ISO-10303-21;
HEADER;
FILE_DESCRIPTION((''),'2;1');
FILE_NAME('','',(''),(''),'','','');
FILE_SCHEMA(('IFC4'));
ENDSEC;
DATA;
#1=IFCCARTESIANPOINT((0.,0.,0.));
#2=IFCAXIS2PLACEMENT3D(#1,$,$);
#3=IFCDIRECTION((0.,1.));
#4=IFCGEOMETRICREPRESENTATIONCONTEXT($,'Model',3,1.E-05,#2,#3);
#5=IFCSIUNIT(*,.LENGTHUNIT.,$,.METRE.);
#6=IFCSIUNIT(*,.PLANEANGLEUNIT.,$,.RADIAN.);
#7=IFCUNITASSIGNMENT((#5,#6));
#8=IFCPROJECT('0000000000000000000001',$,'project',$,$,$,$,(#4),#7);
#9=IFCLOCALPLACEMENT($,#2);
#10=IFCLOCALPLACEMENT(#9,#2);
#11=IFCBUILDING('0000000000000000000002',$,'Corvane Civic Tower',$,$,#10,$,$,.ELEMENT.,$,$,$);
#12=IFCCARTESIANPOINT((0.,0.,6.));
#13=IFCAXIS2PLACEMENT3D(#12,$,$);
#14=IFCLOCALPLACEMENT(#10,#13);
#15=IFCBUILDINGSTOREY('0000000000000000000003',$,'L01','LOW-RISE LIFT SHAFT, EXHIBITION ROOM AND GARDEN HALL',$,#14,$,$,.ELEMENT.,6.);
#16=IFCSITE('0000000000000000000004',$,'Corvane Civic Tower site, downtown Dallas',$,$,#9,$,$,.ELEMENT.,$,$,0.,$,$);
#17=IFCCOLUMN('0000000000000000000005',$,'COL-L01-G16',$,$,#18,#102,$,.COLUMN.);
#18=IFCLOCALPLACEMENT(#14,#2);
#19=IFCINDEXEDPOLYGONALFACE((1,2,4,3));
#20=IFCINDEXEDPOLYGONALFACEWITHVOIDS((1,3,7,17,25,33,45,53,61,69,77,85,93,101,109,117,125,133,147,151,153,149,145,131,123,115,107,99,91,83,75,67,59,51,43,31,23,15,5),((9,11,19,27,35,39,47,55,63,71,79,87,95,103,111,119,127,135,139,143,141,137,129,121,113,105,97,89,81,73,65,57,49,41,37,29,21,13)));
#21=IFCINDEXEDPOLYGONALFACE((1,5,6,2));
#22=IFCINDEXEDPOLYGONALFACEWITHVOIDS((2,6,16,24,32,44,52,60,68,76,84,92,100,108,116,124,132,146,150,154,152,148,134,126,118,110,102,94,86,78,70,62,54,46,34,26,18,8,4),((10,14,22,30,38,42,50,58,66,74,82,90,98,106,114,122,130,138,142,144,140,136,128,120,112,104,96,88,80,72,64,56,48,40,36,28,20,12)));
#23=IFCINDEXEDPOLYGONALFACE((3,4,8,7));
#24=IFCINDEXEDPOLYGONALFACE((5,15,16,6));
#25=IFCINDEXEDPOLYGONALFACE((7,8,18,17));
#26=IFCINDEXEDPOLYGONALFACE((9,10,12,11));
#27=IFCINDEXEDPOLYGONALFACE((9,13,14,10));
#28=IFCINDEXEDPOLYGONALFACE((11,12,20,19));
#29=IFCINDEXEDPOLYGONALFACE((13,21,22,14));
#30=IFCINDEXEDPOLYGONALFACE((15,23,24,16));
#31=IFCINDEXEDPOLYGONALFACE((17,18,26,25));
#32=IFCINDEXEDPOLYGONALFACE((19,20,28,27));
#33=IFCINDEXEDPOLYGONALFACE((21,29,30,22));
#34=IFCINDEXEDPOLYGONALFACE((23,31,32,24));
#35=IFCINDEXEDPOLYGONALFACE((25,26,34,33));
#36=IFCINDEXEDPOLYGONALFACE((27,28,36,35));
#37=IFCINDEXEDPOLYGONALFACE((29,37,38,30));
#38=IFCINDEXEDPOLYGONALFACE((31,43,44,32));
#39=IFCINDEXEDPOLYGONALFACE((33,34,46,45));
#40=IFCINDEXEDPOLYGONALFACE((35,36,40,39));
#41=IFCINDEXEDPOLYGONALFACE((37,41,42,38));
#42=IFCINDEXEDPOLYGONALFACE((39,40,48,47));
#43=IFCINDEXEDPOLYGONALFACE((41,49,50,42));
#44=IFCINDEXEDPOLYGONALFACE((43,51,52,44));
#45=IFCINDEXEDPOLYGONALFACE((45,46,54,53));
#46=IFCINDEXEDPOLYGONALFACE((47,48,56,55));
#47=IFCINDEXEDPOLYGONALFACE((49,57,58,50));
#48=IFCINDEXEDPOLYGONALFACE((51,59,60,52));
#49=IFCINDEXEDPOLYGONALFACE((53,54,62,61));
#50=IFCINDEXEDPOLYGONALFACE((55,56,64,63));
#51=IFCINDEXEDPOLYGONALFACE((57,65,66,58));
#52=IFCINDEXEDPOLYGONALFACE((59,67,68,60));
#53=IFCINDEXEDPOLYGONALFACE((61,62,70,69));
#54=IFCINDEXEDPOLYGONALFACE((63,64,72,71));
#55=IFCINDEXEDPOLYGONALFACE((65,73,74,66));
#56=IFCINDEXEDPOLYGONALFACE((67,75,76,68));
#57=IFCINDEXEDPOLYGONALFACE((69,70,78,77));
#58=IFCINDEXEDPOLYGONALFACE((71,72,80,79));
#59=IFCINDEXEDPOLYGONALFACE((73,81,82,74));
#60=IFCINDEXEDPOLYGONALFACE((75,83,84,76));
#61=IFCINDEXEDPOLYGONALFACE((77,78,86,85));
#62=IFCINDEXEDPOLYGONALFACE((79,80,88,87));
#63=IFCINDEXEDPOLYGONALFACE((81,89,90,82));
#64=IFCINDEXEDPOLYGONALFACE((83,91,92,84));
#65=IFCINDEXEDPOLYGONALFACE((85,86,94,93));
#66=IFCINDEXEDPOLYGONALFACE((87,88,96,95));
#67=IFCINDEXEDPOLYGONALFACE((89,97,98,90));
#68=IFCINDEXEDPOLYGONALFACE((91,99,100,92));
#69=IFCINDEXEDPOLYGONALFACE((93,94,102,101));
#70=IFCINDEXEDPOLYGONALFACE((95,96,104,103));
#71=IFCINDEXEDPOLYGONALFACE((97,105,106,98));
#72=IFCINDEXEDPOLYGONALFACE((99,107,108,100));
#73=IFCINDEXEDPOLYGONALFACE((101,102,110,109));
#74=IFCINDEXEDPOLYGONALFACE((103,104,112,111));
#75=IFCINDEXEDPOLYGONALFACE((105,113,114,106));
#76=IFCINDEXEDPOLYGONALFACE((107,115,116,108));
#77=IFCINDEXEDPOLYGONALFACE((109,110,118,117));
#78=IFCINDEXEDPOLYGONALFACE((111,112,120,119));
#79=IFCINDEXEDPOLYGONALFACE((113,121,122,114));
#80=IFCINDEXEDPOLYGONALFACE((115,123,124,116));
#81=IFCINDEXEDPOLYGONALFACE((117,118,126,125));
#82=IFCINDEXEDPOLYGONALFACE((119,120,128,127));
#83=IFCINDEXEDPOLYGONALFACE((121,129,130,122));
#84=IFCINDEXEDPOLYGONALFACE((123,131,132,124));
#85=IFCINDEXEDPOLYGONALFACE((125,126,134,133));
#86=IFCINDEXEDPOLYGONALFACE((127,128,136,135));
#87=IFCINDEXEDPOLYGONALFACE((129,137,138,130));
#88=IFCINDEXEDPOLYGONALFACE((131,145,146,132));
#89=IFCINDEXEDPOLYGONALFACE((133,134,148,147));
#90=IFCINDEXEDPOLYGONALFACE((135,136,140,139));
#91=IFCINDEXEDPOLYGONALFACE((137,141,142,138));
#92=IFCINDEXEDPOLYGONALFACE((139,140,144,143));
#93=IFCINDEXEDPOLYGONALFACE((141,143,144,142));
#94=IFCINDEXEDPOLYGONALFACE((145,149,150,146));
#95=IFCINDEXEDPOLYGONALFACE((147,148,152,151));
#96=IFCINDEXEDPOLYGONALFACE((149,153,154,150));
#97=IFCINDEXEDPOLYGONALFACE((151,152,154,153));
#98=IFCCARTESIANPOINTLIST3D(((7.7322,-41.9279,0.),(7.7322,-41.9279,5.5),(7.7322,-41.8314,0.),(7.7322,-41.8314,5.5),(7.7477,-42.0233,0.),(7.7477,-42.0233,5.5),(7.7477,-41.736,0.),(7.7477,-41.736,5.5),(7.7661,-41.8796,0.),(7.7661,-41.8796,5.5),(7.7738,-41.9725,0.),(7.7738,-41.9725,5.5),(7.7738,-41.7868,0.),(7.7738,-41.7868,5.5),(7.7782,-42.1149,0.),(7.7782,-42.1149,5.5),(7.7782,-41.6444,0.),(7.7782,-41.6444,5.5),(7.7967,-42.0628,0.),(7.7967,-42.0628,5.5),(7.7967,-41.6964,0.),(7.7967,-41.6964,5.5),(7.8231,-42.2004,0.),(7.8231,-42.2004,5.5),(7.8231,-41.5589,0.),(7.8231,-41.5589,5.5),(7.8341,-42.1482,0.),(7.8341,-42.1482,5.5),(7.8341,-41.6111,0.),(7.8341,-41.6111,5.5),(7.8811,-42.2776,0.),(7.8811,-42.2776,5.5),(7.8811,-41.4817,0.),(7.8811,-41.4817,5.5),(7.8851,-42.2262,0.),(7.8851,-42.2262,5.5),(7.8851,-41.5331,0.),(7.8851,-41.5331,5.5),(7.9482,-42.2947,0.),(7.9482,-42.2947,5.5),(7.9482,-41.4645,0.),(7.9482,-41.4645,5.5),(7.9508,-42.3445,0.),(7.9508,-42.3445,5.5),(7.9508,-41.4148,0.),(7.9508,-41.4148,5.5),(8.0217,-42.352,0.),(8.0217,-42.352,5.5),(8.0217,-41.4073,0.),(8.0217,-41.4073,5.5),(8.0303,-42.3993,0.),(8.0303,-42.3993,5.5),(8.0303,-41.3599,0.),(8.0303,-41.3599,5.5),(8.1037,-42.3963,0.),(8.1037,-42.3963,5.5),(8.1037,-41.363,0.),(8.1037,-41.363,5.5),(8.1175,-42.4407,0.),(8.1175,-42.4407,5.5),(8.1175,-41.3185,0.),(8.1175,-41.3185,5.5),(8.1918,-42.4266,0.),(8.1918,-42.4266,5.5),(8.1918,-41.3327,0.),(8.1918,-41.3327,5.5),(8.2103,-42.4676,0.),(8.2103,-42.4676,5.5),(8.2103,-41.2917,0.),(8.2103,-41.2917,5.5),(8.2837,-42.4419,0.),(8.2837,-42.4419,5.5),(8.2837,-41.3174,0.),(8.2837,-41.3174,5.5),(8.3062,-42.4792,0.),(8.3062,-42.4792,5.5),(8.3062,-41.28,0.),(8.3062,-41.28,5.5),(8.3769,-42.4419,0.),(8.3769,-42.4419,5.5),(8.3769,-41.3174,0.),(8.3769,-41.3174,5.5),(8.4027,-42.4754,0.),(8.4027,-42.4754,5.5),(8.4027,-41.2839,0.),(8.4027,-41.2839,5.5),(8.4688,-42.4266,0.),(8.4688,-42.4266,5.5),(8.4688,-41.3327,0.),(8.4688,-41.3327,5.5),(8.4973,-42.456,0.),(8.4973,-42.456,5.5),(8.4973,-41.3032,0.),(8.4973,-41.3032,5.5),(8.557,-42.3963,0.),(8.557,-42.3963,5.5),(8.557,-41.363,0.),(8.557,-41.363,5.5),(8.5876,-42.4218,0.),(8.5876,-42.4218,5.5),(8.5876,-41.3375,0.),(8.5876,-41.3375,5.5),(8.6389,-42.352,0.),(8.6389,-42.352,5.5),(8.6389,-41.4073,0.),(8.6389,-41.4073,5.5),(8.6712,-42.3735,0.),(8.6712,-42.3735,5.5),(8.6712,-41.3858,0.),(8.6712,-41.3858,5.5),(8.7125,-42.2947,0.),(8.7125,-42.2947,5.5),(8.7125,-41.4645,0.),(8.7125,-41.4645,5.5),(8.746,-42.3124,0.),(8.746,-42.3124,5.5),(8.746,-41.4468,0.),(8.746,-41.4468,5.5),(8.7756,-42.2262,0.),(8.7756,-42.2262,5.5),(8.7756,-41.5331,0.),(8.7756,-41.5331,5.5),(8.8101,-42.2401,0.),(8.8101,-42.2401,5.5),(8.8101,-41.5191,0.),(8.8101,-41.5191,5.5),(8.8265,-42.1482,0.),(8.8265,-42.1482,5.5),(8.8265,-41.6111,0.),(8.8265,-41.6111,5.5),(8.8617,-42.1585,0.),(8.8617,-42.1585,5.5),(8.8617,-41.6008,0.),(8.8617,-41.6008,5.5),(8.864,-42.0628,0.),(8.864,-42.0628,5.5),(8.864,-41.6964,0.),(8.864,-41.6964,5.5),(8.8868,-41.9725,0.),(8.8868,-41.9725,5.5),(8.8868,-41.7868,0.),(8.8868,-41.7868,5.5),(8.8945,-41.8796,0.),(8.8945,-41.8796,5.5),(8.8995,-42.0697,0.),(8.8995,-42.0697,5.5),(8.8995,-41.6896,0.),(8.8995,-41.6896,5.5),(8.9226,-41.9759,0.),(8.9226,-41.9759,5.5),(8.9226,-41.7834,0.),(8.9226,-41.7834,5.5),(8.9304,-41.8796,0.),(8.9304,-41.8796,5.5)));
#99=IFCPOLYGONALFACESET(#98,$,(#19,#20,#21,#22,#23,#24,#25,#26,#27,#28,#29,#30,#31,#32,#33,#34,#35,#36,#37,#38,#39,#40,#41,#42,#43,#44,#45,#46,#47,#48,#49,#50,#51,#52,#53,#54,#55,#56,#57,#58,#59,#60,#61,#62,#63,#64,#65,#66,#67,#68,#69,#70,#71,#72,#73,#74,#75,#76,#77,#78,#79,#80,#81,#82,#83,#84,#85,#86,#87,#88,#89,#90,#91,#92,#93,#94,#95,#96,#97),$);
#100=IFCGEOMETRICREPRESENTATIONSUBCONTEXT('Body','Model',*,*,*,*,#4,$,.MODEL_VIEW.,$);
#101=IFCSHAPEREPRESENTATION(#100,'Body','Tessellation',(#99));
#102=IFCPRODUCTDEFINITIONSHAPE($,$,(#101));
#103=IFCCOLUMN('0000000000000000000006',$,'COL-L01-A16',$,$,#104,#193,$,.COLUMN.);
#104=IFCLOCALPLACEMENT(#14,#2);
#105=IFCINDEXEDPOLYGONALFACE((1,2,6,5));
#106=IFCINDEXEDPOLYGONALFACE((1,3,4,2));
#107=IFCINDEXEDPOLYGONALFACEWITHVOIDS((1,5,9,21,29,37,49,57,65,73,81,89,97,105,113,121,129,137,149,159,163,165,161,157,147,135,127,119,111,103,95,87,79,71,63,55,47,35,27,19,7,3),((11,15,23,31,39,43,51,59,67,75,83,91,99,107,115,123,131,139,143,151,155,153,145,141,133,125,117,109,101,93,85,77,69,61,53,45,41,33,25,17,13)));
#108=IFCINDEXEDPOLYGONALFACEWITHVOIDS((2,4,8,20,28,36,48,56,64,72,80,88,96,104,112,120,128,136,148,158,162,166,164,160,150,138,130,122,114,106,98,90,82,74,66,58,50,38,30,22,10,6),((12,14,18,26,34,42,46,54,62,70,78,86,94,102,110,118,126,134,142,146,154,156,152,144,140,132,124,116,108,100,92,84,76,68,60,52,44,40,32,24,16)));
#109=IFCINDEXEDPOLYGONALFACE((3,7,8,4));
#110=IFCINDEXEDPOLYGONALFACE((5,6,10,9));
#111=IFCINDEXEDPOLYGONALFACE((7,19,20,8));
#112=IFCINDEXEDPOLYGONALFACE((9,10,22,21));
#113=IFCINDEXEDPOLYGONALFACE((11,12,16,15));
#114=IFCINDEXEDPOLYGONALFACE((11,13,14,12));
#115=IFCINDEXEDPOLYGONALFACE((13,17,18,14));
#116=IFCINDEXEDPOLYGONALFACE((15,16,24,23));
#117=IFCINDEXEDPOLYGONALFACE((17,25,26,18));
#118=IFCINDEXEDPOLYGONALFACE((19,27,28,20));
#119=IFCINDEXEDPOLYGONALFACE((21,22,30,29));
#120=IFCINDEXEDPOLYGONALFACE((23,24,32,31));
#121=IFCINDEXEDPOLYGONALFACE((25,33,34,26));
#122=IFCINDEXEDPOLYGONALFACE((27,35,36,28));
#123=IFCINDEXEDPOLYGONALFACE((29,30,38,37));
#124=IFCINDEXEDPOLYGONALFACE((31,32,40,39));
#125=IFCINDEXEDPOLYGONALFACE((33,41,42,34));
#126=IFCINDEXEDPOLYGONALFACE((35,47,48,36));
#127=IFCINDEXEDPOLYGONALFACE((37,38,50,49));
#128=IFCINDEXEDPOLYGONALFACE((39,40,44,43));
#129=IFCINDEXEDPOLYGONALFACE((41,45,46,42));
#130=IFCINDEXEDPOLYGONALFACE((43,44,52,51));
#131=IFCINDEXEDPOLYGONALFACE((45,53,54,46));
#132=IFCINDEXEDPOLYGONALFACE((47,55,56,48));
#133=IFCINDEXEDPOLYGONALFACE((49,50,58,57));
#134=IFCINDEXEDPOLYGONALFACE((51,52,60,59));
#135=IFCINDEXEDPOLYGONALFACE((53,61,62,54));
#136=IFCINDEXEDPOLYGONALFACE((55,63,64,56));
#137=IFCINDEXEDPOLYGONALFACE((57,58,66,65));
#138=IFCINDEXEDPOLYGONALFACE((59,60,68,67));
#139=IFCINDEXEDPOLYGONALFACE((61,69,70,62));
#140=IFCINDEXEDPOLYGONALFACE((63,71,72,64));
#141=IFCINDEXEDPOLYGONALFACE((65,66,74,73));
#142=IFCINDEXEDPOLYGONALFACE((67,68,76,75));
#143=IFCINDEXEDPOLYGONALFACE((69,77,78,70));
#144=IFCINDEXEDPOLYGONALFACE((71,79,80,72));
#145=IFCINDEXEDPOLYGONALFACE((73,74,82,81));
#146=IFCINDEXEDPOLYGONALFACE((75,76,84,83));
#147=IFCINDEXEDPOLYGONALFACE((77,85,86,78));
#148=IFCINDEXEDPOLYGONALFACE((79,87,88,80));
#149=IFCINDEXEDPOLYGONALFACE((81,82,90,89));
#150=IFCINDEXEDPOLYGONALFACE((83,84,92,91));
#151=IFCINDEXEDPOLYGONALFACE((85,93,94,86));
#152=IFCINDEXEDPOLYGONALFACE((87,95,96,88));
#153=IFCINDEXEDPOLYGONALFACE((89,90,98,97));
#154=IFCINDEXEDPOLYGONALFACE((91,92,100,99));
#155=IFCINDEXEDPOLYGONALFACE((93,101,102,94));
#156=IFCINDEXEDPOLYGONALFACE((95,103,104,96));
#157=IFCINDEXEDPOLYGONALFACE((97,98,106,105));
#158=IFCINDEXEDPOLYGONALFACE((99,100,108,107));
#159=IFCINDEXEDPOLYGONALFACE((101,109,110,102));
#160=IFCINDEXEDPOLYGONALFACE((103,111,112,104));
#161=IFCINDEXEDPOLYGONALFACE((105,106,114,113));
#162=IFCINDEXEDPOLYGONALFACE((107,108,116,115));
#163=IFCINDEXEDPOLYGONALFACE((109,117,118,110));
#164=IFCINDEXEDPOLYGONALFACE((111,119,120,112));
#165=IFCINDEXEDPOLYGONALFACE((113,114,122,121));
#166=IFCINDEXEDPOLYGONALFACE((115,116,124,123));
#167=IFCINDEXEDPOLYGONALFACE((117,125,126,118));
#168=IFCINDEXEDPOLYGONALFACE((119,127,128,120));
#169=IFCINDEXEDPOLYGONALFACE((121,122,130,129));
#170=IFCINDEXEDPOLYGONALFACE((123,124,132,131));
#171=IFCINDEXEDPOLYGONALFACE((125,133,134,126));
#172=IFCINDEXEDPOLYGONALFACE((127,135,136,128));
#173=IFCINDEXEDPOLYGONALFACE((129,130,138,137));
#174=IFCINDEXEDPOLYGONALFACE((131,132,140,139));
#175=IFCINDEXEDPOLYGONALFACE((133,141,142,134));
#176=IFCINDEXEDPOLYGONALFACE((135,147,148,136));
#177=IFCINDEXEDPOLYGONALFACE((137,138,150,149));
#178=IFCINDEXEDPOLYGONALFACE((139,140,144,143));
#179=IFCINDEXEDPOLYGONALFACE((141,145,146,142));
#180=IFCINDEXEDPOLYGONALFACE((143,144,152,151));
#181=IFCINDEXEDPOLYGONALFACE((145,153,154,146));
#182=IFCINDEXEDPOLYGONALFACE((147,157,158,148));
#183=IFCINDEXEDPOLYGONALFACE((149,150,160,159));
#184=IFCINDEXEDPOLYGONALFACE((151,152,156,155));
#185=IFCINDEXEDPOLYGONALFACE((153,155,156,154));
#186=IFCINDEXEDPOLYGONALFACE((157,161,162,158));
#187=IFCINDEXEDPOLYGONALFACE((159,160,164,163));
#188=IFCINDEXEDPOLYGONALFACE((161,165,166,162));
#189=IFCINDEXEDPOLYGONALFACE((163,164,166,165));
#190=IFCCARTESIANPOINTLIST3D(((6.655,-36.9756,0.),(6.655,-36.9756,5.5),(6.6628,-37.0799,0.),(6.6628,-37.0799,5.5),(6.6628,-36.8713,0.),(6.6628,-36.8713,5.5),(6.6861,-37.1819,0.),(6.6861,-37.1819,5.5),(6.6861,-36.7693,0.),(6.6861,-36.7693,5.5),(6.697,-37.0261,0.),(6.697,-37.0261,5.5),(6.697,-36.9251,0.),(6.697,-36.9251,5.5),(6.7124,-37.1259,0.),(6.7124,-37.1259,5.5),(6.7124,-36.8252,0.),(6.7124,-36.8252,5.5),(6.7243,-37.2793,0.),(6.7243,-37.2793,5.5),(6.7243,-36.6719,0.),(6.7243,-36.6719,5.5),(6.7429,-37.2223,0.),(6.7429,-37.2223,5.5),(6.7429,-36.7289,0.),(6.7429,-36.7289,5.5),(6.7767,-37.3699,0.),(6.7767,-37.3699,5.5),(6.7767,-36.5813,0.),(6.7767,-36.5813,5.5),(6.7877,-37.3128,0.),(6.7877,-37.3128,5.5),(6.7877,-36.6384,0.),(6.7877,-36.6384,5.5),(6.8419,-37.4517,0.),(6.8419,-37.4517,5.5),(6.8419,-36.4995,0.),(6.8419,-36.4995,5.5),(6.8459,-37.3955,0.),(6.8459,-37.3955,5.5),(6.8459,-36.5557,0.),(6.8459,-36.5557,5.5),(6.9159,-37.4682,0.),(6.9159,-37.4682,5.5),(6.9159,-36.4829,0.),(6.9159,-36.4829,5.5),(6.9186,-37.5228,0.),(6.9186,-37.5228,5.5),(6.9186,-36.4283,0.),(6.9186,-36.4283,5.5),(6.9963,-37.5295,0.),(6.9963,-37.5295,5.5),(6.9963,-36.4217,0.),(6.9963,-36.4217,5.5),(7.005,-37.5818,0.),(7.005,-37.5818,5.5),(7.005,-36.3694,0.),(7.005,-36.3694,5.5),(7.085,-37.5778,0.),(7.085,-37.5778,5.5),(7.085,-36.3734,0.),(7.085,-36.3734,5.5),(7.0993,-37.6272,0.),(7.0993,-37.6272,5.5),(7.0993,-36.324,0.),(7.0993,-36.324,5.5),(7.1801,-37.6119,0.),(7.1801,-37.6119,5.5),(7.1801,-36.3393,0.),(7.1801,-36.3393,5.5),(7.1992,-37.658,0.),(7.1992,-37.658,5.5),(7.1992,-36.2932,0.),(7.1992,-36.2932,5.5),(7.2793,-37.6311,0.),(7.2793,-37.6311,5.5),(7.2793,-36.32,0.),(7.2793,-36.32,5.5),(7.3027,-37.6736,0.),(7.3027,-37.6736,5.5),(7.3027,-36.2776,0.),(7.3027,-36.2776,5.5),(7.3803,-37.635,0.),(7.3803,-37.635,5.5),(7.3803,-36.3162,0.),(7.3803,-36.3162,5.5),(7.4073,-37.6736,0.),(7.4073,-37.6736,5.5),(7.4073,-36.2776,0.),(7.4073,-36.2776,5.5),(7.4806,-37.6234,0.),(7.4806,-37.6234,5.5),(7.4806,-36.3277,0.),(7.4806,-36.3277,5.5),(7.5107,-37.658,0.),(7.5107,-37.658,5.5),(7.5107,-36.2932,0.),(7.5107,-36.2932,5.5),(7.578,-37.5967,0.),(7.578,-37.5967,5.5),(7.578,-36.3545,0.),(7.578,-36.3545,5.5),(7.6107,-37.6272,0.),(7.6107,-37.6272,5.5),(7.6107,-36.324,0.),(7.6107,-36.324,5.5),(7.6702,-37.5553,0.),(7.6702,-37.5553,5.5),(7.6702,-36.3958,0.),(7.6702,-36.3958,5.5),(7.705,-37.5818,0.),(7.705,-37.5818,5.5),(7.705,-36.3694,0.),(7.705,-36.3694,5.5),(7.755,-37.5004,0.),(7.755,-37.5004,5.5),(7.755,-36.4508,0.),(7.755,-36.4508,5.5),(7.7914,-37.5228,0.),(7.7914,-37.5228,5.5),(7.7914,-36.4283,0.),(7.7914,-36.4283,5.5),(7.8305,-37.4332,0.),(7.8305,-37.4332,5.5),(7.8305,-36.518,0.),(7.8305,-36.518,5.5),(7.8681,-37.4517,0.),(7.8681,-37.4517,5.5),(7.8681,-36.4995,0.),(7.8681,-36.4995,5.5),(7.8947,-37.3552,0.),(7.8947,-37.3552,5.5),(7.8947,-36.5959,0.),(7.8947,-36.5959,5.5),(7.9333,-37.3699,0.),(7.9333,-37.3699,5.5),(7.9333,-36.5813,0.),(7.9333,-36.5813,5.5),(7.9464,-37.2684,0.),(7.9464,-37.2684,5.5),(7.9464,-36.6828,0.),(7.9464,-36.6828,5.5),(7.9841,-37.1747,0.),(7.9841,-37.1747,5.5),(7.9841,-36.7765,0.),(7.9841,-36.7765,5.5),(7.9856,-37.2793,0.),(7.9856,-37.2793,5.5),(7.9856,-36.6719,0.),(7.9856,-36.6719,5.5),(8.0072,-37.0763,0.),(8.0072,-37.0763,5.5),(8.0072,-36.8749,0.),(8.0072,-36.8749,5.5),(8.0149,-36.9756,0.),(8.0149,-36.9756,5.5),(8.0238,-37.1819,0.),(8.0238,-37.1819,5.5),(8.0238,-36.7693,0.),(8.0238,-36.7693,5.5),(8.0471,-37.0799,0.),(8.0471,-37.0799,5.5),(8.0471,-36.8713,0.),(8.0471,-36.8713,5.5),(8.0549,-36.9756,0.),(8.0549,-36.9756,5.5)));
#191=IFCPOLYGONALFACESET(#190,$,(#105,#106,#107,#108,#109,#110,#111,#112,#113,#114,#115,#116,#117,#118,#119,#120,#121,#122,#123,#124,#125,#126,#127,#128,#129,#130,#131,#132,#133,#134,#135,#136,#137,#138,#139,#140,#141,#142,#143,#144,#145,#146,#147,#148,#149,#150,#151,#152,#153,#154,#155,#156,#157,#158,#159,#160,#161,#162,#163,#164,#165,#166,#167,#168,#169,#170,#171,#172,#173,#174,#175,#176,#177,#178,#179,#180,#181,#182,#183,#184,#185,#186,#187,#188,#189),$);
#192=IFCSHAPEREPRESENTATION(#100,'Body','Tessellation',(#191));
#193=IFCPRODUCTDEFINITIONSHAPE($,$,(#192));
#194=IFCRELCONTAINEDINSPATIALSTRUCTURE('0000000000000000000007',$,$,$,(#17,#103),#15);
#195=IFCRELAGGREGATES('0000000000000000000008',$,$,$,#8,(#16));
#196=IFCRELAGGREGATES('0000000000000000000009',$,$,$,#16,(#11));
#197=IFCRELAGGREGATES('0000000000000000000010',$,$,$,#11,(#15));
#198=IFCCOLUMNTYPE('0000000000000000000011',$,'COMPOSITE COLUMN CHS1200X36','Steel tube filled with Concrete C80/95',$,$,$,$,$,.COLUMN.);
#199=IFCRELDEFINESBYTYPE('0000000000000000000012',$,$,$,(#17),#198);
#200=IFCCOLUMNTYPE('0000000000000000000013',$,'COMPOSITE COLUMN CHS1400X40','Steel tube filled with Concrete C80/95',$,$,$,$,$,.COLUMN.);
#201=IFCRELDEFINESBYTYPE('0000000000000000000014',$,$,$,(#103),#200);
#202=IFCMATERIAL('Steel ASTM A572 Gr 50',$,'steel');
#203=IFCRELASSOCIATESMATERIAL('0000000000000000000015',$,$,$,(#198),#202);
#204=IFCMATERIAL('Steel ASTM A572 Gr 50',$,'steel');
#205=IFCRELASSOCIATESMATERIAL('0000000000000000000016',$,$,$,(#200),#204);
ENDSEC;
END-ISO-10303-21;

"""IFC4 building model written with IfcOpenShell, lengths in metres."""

from ifc_helpers import new_model, si_unit, direction, frame, origin, origin_2d, place, context, subcontext, project, spatial, hollow_circle, extrude, material, material_profile, profile_set, type_object, element, save


model = new_model("IFC4")

# Units and contexts
model_context = context("Model", 3, precision=1e-05, world=origin(), true_north=direction((0.0, 1.0)))
body_context = subcontext(model_context, "Body", "Model", "MODEL_VIEW")
ifc_project = project(units=[si_unit("LENGTHUNIT", "METRE"), si_unit("PLANEANGLEUNIT", "RADIAN")], contexts=[model_context])

# Site, building, storey
site_placement = place(None, origin())
site = spatial("IfcSite", under=ifc_project, at=site_placement, Name="Corvane Civic Tower site, downtown Dallas", CompositionType="ELEMENT", RefElevation=0.0)
building_placement = place(site_placement, origin())
building = spatial("IfcBuilding", under=site, at=building_placement, Name="Corvane Civic Tower", CompositionType="ELEMENT")
storey_placement = place(building_placement, frame((0.0, 0.0, 6.0)))
storey = spatial("IfcBuildingStorey", under=building, at=storey_placement, Name="L01", Description="LOW-RISE LIFT SHAFT, EXHIBITION ROOM AND GARDEN HALL", CompositionType="ELEMENT", Elevation=6.0)

# Columns
ifc_material_1 = material(Name="Steel ASTM A572 Gr 50", Category="steel")
ifc_material_profile_1 = material_profile(ifc_material_1, hollow_circle(Radius=0.6001, WallThickness=0.0359, at=origin_2d()), Name="CHS1200X36")
ifc_profile_set_1 = profile_set([ifc_material_profile_1], Name="Steel ASTM A572 Gr 50")
column_type_1 = type_object("IfcColumnType", Name="COMPOSITE COLUMN CHS1200X36", Description="Steel tube filled with Concrete C80/95", PredefinedType="COLUMN", material=ifc_profile_set_1)
column_1_placement = place(storey_placement, frame((8.3303, -41.8796, 0.0), z_axis=(0.0, 0.0, 1.0), x_axis=(1.0, 0.0, 0.0)))
element("IfcColumn", 1, at=column_1_placement, inside=storey, type_object=column_type_1, Name="COL-L01-G16", PredefinedType="COLUMN", context=body_context, shape_type="SweptSolid", body=[
    extrude(hollow_circle(Radius=0.6001, WallThickness=0.0359, at=origin_2d()), origin(), (0.0, 0.0, 1.0), 5.5),
])
ifc_material_2 = material(Name="Steel ASTM A572 Gr 50", Category="steel")
ifc_material_profile_2 = material_profile(ifc_material_2, hollow_circle(Radius=0.7, WallThickness=0.04, at=origin_2d()), Name="CHS1400X40")
ifc_profile_set_2 = profile_set([ifc_material_profile_2], Name="Steel ASTM A572 Gr 50")
column_type_2 = type_object("IfcColumnType", Name="COMPOSITE COLUMN CHS1400X40", Description="Steel tube filled with Concrete C80/95", PredefinedType="COLUMN", material=ifc_profile_set_2)
column_2_placement = place(storey_placement, frame((7.355, -36.9756, 0.0), z_axis=(0.0, 0.0, 1.0), x_axis=(1.0, 0.0, 0.0)))
element("IfcColumn", 2, at=column_2_placement, inside=storey, type_object=column_type_2, Name="COL-L01-A16", PredefinedType="COLUMN", context=body_context, shape_type="SweptSolid", body=[
    extrude(hollow_circle(Radius=0.7, WallThickness=0.04, at=origin_2d()), origin(), (0.0, 0.0, 1.0), 5.5),
])

save(model, "model.ifc")
